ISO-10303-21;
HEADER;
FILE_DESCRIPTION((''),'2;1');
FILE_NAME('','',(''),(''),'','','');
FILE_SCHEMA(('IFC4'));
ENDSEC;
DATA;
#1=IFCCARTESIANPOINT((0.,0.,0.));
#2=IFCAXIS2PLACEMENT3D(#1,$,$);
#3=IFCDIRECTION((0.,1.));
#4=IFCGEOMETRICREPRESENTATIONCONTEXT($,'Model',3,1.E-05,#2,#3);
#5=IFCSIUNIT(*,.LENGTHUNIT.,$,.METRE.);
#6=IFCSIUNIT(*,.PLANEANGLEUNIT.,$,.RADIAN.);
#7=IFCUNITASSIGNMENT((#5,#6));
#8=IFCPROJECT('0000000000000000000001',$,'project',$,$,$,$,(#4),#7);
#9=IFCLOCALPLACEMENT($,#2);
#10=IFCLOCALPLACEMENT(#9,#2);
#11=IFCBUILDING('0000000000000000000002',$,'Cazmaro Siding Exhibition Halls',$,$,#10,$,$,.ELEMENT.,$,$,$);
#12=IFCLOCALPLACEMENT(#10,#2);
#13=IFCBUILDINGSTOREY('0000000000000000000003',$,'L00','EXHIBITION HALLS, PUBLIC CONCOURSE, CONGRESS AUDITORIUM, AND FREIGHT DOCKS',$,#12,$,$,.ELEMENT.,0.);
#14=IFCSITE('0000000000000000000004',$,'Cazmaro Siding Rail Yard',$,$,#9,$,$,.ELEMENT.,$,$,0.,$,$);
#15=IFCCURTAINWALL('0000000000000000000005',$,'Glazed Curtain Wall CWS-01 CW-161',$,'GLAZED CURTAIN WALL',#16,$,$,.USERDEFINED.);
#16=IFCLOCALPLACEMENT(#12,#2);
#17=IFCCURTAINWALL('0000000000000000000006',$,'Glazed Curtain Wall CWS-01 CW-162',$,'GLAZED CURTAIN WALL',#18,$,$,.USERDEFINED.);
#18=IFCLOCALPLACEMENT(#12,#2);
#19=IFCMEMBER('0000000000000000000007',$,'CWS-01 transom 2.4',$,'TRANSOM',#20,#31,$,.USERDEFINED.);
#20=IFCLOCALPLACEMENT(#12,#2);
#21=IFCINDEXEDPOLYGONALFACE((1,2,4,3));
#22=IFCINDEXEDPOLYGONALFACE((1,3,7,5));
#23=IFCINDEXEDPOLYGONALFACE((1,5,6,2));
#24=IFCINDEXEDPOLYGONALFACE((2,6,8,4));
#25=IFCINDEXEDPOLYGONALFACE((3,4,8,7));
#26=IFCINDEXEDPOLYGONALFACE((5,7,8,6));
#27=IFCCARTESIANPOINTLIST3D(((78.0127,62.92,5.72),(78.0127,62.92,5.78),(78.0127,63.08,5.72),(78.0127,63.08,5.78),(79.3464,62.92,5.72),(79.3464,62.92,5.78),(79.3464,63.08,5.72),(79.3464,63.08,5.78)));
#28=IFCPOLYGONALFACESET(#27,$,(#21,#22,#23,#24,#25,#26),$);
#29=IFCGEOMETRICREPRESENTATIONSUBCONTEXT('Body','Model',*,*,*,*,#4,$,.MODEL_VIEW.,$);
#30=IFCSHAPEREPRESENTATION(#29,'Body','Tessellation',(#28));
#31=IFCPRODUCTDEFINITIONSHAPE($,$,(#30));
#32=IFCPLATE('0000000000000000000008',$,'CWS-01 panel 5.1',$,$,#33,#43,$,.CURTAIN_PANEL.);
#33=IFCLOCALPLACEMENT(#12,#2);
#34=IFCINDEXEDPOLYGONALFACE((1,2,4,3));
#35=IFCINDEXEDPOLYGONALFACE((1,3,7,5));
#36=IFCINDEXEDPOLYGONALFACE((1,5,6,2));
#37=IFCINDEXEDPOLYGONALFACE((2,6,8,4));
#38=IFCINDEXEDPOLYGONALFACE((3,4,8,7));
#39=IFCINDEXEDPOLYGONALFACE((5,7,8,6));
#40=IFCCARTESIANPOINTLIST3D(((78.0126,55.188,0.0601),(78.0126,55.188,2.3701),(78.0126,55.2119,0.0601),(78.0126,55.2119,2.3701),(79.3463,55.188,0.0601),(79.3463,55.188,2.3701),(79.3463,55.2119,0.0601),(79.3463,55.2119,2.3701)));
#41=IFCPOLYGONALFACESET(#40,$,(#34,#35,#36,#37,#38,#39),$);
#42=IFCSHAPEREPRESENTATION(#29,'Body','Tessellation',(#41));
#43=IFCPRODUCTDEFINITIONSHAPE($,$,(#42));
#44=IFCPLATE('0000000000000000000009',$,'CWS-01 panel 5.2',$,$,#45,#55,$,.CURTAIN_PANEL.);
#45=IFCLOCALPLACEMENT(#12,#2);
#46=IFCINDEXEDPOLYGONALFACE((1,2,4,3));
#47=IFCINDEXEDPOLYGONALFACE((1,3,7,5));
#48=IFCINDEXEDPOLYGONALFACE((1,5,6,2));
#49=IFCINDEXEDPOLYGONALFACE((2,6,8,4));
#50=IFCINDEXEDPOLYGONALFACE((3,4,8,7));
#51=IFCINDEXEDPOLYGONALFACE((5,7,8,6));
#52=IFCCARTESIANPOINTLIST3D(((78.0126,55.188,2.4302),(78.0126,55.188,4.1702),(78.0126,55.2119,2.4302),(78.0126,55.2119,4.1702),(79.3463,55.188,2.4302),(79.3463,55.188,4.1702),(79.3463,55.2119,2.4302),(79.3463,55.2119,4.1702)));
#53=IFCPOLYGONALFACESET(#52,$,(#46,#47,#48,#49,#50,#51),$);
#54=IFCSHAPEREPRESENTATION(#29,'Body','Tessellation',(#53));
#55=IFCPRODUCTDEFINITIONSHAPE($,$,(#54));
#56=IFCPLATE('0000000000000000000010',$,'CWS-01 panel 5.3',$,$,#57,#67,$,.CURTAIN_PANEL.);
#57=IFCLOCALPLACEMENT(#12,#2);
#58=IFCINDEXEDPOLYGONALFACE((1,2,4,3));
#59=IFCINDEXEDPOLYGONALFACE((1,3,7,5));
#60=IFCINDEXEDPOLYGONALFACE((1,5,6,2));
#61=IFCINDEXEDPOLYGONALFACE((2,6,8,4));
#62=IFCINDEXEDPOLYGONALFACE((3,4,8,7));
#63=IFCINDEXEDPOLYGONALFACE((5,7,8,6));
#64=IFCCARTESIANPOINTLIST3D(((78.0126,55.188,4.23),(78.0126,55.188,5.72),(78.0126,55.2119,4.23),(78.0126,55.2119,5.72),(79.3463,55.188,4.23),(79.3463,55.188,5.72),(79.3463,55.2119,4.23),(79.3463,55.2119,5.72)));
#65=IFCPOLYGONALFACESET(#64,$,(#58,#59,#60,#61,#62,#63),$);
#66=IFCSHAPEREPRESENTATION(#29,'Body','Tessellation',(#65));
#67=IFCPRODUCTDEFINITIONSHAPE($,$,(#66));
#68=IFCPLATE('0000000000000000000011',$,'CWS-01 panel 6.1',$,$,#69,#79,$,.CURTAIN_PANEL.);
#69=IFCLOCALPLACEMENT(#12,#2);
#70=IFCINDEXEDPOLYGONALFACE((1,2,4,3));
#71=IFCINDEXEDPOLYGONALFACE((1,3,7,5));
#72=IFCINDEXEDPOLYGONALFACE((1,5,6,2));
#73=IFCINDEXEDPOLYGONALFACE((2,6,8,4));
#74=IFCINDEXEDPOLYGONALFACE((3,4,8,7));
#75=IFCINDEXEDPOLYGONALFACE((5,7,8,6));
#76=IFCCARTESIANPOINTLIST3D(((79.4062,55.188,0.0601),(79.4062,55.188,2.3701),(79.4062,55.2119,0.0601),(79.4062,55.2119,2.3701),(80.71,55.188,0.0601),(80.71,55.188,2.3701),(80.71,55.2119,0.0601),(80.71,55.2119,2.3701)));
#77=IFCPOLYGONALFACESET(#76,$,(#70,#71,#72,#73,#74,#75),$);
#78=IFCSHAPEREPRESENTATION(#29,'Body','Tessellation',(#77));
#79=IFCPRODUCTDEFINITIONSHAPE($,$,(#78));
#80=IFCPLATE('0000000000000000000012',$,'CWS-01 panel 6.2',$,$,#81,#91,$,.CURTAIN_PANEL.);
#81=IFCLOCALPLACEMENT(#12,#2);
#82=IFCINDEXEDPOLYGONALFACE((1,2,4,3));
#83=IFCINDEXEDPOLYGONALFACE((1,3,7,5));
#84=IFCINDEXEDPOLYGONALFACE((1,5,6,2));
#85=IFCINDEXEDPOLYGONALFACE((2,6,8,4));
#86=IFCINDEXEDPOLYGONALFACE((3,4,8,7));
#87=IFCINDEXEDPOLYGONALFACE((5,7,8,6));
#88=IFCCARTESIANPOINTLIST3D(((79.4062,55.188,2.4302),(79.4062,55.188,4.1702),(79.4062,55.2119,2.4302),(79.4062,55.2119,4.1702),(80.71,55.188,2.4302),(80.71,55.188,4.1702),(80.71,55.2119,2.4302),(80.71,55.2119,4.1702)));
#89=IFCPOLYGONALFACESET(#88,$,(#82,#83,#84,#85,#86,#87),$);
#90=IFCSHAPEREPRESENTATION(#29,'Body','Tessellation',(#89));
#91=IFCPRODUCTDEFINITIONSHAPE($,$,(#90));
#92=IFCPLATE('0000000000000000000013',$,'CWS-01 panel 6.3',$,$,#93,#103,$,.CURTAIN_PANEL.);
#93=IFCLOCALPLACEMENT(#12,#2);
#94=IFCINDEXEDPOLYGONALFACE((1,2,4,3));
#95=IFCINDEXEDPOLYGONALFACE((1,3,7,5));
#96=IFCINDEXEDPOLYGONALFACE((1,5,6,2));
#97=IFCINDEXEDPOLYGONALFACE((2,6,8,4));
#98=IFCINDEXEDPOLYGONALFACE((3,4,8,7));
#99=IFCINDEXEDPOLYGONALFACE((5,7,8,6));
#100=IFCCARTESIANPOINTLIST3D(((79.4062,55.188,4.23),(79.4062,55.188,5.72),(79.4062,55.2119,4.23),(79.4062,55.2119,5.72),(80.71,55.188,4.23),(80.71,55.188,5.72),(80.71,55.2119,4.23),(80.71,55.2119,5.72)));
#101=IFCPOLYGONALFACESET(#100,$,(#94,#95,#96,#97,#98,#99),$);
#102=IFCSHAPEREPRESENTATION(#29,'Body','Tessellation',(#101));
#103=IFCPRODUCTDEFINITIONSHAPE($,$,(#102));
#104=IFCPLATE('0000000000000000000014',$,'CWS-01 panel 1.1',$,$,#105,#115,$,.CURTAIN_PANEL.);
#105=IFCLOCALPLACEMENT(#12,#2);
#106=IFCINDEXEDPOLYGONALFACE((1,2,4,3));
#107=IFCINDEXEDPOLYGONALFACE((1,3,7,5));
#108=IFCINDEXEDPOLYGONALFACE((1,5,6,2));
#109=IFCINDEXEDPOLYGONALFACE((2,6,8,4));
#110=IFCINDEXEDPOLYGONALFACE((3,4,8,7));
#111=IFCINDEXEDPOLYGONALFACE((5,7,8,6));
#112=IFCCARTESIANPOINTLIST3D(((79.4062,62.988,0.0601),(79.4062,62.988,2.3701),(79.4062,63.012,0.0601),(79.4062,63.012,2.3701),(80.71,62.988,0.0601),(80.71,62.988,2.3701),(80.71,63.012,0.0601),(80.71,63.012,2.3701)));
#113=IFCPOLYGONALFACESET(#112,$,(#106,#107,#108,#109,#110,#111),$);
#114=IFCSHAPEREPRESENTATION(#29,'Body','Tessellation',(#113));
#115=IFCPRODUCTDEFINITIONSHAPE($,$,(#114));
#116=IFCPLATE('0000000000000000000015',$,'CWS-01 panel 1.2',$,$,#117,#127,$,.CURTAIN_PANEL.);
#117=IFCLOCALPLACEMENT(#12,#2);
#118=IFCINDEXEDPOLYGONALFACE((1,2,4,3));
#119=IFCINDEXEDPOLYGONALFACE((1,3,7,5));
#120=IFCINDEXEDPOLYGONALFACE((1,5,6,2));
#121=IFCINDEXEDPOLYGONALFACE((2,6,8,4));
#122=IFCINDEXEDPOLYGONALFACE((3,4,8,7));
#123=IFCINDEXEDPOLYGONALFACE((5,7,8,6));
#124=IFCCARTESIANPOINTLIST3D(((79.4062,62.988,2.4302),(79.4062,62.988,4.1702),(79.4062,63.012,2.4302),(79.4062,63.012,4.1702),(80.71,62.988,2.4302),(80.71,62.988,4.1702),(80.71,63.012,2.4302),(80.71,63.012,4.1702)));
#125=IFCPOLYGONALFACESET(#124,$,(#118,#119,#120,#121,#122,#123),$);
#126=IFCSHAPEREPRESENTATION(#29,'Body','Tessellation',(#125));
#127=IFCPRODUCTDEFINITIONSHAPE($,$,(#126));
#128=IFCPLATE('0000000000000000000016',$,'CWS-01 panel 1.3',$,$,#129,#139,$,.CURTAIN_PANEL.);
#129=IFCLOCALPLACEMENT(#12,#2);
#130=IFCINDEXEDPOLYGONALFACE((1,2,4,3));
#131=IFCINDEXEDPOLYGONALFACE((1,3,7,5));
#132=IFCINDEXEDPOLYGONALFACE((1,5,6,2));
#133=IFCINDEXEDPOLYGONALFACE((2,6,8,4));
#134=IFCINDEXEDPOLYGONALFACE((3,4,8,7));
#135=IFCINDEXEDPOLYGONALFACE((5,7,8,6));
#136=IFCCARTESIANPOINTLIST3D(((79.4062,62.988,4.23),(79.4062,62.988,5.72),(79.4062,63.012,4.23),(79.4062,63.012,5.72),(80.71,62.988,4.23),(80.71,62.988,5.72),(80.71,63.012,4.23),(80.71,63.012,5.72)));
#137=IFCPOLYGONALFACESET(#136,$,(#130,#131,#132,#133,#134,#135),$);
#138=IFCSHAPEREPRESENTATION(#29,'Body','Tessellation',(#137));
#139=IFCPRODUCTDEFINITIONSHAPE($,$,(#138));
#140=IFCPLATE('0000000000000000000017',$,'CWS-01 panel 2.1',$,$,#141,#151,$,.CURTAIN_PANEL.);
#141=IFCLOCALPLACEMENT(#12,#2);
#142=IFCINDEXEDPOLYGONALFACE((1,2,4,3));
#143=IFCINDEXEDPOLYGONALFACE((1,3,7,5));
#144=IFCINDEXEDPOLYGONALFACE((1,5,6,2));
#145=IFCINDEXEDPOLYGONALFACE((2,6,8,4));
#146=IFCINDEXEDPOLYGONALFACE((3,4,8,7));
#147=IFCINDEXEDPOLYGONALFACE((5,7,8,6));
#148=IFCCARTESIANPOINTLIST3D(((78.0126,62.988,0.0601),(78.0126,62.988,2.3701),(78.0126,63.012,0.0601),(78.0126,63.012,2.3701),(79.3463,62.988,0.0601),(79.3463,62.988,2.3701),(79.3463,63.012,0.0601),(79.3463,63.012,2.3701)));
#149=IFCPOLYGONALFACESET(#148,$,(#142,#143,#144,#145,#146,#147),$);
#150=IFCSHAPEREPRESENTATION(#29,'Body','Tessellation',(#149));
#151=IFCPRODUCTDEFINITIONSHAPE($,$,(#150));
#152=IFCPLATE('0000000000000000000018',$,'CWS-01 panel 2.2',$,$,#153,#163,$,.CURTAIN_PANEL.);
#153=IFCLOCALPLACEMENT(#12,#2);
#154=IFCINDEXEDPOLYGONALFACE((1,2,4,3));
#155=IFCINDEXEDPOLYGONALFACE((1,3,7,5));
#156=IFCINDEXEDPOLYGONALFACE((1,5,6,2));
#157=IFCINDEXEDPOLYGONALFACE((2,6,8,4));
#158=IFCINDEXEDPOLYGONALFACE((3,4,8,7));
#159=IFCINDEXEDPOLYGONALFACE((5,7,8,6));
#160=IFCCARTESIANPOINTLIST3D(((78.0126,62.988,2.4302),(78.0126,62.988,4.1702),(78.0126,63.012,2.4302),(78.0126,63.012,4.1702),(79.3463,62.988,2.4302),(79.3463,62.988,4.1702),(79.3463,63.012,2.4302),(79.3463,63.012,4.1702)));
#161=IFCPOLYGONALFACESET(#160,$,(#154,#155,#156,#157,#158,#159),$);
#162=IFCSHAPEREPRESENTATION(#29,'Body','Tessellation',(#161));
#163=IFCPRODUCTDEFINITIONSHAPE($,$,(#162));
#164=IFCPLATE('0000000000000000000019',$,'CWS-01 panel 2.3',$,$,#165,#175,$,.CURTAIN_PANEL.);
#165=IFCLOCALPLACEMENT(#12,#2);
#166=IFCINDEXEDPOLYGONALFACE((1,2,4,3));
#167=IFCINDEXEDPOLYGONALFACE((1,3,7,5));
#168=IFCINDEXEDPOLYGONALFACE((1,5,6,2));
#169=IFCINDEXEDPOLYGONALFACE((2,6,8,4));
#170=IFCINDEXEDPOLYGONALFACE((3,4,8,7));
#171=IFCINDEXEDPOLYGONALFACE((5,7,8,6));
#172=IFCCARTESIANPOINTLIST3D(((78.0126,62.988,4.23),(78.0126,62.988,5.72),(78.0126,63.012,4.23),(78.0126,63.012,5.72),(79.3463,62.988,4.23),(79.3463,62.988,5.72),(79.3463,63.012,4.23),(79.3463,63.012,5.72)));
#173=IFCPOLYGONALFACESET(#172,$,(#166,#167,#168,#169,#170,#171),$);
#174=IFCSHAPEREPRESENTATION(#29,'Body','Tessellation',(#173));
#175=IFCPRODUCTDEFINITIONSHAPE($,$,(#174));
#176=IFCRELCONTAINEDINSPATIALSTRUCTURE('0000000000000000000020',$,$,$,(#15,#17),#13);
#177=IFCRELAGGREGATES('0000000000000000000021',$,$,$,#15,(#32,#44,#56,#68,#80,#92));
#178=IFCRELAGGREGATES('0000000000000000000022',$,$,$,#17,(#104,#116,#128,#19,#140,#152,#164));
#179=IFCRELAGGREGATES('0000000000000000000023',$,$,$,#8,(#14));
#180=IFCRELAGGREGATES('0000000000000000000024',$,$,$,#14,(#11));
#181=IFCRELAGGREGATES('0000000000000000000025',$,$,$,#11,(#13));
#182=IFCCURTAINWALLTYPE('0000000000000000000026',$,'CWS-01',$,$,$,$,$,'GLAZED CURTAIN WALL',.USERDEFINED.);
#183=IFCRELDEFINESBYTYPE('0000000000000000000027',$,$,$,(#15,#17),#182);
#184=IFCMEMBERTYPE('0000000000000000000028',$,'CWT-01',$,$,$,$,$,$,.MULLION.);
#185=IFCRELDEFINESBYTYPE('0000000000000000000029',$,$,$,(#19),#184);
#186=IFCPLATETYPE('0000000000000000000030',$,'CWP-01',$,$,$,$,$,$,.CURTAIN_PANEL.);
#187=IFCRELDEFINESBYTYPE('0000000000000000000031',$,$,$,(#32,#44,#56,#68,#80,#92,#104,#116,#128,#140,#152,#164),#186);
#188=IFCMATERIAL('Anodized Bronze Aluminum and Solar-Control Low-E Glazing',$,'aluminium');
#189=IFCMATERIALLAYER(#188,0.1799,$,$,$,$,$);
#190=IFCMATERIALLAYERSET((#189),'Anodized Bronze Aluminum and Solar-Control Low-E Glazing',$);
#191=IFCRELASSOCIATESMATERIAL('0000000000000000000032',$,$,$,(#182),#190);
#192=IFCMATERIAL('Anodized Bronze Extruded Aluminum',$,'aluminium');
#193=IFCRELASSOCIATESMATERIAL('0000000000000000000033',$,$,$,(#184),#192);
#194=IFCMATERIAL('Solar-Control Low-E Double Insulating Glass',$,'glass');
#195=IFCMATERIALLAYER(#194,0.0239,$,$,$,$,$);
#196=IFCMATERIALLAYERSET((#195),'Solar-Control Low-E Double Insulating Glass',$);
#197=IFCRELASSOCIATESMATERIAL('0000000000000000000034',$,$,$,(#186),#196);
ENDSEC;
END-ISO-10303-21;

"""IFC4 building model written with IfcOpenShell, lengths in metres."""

from ifc_helpers import new_model, si_unit, direction, frame, origin, origin_2d, place, context, subcontext, project, spatial, rectangle, extrude, material, layer, layer_set, material_profile, profile_set, type_object, element, aggregate, save


model = new_model("IFC4")

# Units and contexts
model_context = context("Model", 3, precision=1e-05, world=origin(), true_north=direction((0.0, 1.0)))
body_context = subcontext(model_context, "Body", "Model", "MODEL_VIEW")
ifc_project = project(units=[si_unit("LENGTHUNIT", "METRE"), si_unit("PLANEANGLEUNIT", "RADIAN")], contexts=[model_context])

# Site, building, storey
site_placement = place(None, origin())
site = spatial("IfcSite", under=ifc_project, at=site_placement, Name="Cazmaro Siding Rail Yard", CompositionType="ELEMENT", RefElevation=0.0)
building_placement = place(site_placement, origin())
building = spatial("IfcBuilding", under=site, at=building_placement, Name="Cazmaro Siding Exhibition Halls", CompositionType="ELEMENT")
storey_placement = place(building_placement, origin())
storey = spatial("IfcBuildingStorey", under=building, at=storey_placement, Name="L00", Description="EXHIBITION HALLS, PUBLIC CONCOURSE, CONGRESS AUDITORIUM, AND FREIGHT DOCKS", CompositionType="ELEMENT", Elevation=0.0)

# Curtain walls
ifc_material_1 = material(Name="Anodized Bronze Aluminum and Solar-Control Low-E Glazing", Category="aluminium")
ifc_layer_1 = layer(ifc_material_1, 0.1799)
ifc_layer_set_1 = layer_set([ifc_layer_1], Name="Anodized Bronze Aluminum and Solar-Control Low-E Glazing")
curtain_wall_type = type_object("IfcCurtainWallType", Name="CWS-01", ElementType="GLAZED CURTAIN WALL", PredefinedType="USERDEFINED", material=ifc_layer_set_1)
curtain_wall_1_placement = place(storey_placement, origin())
curtain_wall_1 = element("IfcCurtainWall", 1, at=curtain_wall_1_placement, inside=storey, type_object=curtain_wall_type, Name="Glazed Curtain Wall CWS-01 CW-161", ObjectType="GLAZED CURTAIN WALL", PredefinedType="USERDEFINED")
curtain_wall_2_placement = place(storey_placement, origin())
curtain_wall_2 = element("IfcCurtainWall", 2, at=curtain_wall_2_placement, inside=storey, type_object=curtain_wall_type, Name="Glazed Curtain Wall CWS-01 CW-162", ObjectType="GLAZED CURTAIN WALL", PredefinedType="USERDEFINED")

# Member
ifc_material_2 = material(Name="Anodized Bronze Extruded Aluminum", Category="aluminium")
ifc_material_profile_1 = material_profile(ifc_material_2, rectangle(XDim=0.1599, YDim=0.0601, at=origin_2d()), Name="CWT-01")
ifc_profile_set_1 = profile_set([ifc_material_profile_1], Name="Anodized Bronze Extruded Aluminum")
member_type_1 = type_object("IfcMemberType", Name="CWT-01", PredefinedType="MULLION", material=ifc_profile_set_1)
member_1_placement = place(storey_placement, frame((79.3464, 63.0, 5.75), z_axis=(-1.0, 0.0, 0.0), x_axis=(0.0, -1.0, 0.0)))
member_1 = element("IfcMember", 3, at=member_1_placement, type_object=member_type_1, Name="CWS-01 transom 2.4", ObjectType="TRANSOM", PredefinedType="USERDEFINED", context=body_context, shape_type="SweptSolid", body=[
    extrude(rectangle(XDim=0.1599, YDim=0.0601, at=origin_2d()), origin(), (0.0, 0.0, 1.0), 1.3337),
])

# Plates
ifc_material_3 = material(Name="Solar-Control Low-E Double Insulating Glass", Category="glass")
ifc_layer_2 = layer(ifc_material_3, 0.0239)
ifc_layer_set_2 = layer_set([ifc_layer_2], Name="Solar-Control Low-E Double Insulating Glass")
plate_type = type_object("IfcPlateType", Name="CWP-01", PredefinedType="CURTAIN_PANEL", material=ifc_layer_set_2)
plate_1_placement = place(storey_placement, frame((78.6794, 55.2, 0.0601), z_axis=(0.0, 0.0, 1.0), x_axis=(1.0, 0.0, 0.0)))
plate_1 = element("IfcPlate", 4, at=plate_1_placement, type_object=plate_type, Name="CWS-01 panel 5.1", PredefinedType="CURTAIN_PANEL", context=body_context, shape_type="SweptSolid", body=[
    extrude(rectangle(XDim=1.3337, YDim=0.0239, at=origin_2d()), origin(), (0.0, 0.0, 1.0), 2.3101),
])
plate_2_placement = place(storey_placement, frame((78.6794, 55.2, 2.4302), z_axis=(0.0, 0.0, 1.0), x_axis=(1.0, 0.0, 0.0)))
plate_2 = element("IfcPlate", 5, at=plate_2_placement, type_object=plate_type, Name="CWS-01 panel 5.2", PredefinedType="CURTAIN_PANEL", context=body_context, shape_type="SweptSolid", body=[
    extrude(rectangle(XDim=1.3337, YDim=0.0239, at=origin_2d()), origin(), (0.0, 0.0, 1.0), 1.74),
])
plate_3_placement = place(storey_placement, frame((78.6794, 55.2, 4.23), z_axis=(0.0, 0.0, 1.0), x_axis=(1.0, 0.0, 0.0)))
plate_3 = element("IfcPlate", 6, at=plate_3_placement, type_object=plate_type, Name="CWS-01 panel 5.3", PredefinedType="CURTAIN_PANEL", context=body_context, shape_type="SweptSolid", body=[
    extrude(rectangle(XDim=1.3337, YDim=0.0239, at=origin_2d()), origin(), (0.0, 0.0, 1.0), 1.49),
])
plate_4_placement = place(storey_placement, frame((80.0581, 55.2, 0.0601), z_axis=(0.0, 0.0, 1.0), x_axis=(1.0, 0.0, 0.0)))
plate_4 = element("IfcPlate", 7, at=plate_4_placement, type_object=plate_type, Name="CWS-01 panel 6.1", PredefinedType="CURTAIN_PANEL", context=body_context, shape_type="SweptSolid", body=[
    extrude(rectangle(XDim=1.3037, YDim=0.0239, at=origin_2d()), origin(), (0.0, 0.0, 1.0), 2.3101),
])
plate_5_placement = place(storey_placement, frame((80.0581, 55.2, 2.4302), z_axis=(0.0, 0.0, 1.0), x_axis=(1.0, 0.0, 0.0)))
plate_5 = element("IfcPlate", 8, at=plate_5_placement, type_object=plate_type, Name="CWS-01 panel 6.2", PredefinedType="CURTAIN_PANEL", context=body_context, shape_type="SweptSolid", body=[
    extrude(rectangle(XDim=1.3037, YDim=0.0239, at=origin_2d()), origin(), (0.0, 0.0, 1.0), 1.74),
])
plate_6_placement = place(storey_placement, frame((80.0581, 55.2, 4.23), z_axis=(0.0, 0.0, 1.0), x_axis=(1.0, 0.0, 0.0)))
plate_6 = element("IfcPlate", 9, at=plate_6_placement, type_object=plate_type, Name="CWS-01 panel 6.3", PredefinedType="CURTAIN_PANEL", context=body_context, shape_type="SweptSolid", body=[
    extrude(rectangle(XDim=1.3037, YDim=0.0239, at=origin_2d()), origin(), (0.0, 0.0, 1.0), 1.49),
])
aggregate(curtain_wall_1, [plate_1, plate_2, plate_3, plate_4, plate_5, plate_6])
plate_7_placement = place(storey_placement, frame((80.0581, 63.0, 0.0601), z_axis=(0.0, 0.0, 1.0), x_axis=(-1.0, 0.0, 0.0)))
plate_7 = element("IfcPlate", 10, at=plate_7_placement, type_object=plate_type, Name="CWS-01 panel 1.1", PredefinedType="CURTAIN_PANEL", context=body_context, shape_type="SweptSolid", body=[
    extrude(rectangle(XDim=1.3037, YDim=0.0239, at=origin_2d()), origin(), (0.0, 0.0, 1.0), 2.3101),
])
plate_8_placement = place(storey_placement, frame((80.0581, 63.0, 2.4302), z_axis=(0.0, 0.0, 1.0), x_axis=(-1.0, 0.0, 0.0)))
plate_8 = element("IfcPlate", 11, at=plate_8_placement, type_object=plate_type, Name="CWS-01 panel 1.2", PredefinedType="CURTAIN_PANEL", context=body_context, shape_type="SweptSolid", body=[
    extrude(rectangle(XDim=1.3037, YDim=0.0239, at=origin_2d()), origin(), (0.0, 0.0, 1.0), 1.74),
])
plate_9_placement = place(storey_placement, frame((80.0581, 63.0, 4.23), z_axis=(0.0, 0.0, 1.0), x_axis=(-1.0, 0.0, 0.0)))
plate_9 = element("IfcPlate", 12, at=plate_9_placement, type_object=plate_type, Name="CWS-01 panel 1.3", PredefinedType="CURTAIN_PANEL", context=body_context, shape_type="SweptSolid", body=[
    extrude(rectangle(XDim=1.3037, YDim=0.0239, at=origin_2d()), origin(), (0.0, 0.0, 1.0), 1.49),
])
plate_10_placement = place(storey_placement, frame((78.6794, 63.0, 0.0601), z_axis=(0.0, 0.0, 1.0), x_axis=(-1.0, 0.0, 0.0)))
plate_10 = element("IfcPlate", 13, at=plate_10_placement, type_object=plate_type, Name="CWS-01 panel 2.1", PredefinedType="CURTAIN_PANEL", context=body_context, shape_type="SweptSolid", body=[
    extrude(rectangle(XDim=1.3337, YDim=0.0239, at=origin_2d()), origin(), (0.0, 0.0, 1.0), 2.3101),
])
plate_11_placement = place(storey_placement, frame((78.6794, 63.0, 2.4302), z_axis=(0.0, 0.0, 1.0), x_axis=(-1.0, 0.0, 0.0)))
plate_11 = element("IfcPlate", 14, at=plate_11_placement, type_object=plate_type, Name="CWS-01 panel 2.2", PredefinedType="CURTAIN_PANEL", context=body_context, shape_type="SweptSolid", body=[
    extrude(rectangle(XDim=1.3337, YDim=0.0239, at=origin_2d()), origin(), (0.0, 0.0, 1.0), 1.74),
])
plate_12_placement = place(storey_placement, frame((78.6794, 63.0, 4.23), z_axis=(0.0, 0.0, 1.0), x_axis=(-1.0, 0.0, 0.0)))
plate_12 = element("IfcPlate", 15, at=plate_12_placement, type_object=plate_type, Name="CWS-01 panel 2.3", PredefinedType="CURTAIN_PANEL", context=body_context, shape_type="SweptSolid", body=[
    extrude(rectangle(XDim=1.3337, YDim=0.0239, at=origin_2d()), origin(), (0.0, 0.0, 1.0), 1.49),
])
aggregate(curtain_wall_2, [plate_7, plate_8, plate_9, member_1, plate_10, plate_11, plate_12])

save(model, "model.ifc")
